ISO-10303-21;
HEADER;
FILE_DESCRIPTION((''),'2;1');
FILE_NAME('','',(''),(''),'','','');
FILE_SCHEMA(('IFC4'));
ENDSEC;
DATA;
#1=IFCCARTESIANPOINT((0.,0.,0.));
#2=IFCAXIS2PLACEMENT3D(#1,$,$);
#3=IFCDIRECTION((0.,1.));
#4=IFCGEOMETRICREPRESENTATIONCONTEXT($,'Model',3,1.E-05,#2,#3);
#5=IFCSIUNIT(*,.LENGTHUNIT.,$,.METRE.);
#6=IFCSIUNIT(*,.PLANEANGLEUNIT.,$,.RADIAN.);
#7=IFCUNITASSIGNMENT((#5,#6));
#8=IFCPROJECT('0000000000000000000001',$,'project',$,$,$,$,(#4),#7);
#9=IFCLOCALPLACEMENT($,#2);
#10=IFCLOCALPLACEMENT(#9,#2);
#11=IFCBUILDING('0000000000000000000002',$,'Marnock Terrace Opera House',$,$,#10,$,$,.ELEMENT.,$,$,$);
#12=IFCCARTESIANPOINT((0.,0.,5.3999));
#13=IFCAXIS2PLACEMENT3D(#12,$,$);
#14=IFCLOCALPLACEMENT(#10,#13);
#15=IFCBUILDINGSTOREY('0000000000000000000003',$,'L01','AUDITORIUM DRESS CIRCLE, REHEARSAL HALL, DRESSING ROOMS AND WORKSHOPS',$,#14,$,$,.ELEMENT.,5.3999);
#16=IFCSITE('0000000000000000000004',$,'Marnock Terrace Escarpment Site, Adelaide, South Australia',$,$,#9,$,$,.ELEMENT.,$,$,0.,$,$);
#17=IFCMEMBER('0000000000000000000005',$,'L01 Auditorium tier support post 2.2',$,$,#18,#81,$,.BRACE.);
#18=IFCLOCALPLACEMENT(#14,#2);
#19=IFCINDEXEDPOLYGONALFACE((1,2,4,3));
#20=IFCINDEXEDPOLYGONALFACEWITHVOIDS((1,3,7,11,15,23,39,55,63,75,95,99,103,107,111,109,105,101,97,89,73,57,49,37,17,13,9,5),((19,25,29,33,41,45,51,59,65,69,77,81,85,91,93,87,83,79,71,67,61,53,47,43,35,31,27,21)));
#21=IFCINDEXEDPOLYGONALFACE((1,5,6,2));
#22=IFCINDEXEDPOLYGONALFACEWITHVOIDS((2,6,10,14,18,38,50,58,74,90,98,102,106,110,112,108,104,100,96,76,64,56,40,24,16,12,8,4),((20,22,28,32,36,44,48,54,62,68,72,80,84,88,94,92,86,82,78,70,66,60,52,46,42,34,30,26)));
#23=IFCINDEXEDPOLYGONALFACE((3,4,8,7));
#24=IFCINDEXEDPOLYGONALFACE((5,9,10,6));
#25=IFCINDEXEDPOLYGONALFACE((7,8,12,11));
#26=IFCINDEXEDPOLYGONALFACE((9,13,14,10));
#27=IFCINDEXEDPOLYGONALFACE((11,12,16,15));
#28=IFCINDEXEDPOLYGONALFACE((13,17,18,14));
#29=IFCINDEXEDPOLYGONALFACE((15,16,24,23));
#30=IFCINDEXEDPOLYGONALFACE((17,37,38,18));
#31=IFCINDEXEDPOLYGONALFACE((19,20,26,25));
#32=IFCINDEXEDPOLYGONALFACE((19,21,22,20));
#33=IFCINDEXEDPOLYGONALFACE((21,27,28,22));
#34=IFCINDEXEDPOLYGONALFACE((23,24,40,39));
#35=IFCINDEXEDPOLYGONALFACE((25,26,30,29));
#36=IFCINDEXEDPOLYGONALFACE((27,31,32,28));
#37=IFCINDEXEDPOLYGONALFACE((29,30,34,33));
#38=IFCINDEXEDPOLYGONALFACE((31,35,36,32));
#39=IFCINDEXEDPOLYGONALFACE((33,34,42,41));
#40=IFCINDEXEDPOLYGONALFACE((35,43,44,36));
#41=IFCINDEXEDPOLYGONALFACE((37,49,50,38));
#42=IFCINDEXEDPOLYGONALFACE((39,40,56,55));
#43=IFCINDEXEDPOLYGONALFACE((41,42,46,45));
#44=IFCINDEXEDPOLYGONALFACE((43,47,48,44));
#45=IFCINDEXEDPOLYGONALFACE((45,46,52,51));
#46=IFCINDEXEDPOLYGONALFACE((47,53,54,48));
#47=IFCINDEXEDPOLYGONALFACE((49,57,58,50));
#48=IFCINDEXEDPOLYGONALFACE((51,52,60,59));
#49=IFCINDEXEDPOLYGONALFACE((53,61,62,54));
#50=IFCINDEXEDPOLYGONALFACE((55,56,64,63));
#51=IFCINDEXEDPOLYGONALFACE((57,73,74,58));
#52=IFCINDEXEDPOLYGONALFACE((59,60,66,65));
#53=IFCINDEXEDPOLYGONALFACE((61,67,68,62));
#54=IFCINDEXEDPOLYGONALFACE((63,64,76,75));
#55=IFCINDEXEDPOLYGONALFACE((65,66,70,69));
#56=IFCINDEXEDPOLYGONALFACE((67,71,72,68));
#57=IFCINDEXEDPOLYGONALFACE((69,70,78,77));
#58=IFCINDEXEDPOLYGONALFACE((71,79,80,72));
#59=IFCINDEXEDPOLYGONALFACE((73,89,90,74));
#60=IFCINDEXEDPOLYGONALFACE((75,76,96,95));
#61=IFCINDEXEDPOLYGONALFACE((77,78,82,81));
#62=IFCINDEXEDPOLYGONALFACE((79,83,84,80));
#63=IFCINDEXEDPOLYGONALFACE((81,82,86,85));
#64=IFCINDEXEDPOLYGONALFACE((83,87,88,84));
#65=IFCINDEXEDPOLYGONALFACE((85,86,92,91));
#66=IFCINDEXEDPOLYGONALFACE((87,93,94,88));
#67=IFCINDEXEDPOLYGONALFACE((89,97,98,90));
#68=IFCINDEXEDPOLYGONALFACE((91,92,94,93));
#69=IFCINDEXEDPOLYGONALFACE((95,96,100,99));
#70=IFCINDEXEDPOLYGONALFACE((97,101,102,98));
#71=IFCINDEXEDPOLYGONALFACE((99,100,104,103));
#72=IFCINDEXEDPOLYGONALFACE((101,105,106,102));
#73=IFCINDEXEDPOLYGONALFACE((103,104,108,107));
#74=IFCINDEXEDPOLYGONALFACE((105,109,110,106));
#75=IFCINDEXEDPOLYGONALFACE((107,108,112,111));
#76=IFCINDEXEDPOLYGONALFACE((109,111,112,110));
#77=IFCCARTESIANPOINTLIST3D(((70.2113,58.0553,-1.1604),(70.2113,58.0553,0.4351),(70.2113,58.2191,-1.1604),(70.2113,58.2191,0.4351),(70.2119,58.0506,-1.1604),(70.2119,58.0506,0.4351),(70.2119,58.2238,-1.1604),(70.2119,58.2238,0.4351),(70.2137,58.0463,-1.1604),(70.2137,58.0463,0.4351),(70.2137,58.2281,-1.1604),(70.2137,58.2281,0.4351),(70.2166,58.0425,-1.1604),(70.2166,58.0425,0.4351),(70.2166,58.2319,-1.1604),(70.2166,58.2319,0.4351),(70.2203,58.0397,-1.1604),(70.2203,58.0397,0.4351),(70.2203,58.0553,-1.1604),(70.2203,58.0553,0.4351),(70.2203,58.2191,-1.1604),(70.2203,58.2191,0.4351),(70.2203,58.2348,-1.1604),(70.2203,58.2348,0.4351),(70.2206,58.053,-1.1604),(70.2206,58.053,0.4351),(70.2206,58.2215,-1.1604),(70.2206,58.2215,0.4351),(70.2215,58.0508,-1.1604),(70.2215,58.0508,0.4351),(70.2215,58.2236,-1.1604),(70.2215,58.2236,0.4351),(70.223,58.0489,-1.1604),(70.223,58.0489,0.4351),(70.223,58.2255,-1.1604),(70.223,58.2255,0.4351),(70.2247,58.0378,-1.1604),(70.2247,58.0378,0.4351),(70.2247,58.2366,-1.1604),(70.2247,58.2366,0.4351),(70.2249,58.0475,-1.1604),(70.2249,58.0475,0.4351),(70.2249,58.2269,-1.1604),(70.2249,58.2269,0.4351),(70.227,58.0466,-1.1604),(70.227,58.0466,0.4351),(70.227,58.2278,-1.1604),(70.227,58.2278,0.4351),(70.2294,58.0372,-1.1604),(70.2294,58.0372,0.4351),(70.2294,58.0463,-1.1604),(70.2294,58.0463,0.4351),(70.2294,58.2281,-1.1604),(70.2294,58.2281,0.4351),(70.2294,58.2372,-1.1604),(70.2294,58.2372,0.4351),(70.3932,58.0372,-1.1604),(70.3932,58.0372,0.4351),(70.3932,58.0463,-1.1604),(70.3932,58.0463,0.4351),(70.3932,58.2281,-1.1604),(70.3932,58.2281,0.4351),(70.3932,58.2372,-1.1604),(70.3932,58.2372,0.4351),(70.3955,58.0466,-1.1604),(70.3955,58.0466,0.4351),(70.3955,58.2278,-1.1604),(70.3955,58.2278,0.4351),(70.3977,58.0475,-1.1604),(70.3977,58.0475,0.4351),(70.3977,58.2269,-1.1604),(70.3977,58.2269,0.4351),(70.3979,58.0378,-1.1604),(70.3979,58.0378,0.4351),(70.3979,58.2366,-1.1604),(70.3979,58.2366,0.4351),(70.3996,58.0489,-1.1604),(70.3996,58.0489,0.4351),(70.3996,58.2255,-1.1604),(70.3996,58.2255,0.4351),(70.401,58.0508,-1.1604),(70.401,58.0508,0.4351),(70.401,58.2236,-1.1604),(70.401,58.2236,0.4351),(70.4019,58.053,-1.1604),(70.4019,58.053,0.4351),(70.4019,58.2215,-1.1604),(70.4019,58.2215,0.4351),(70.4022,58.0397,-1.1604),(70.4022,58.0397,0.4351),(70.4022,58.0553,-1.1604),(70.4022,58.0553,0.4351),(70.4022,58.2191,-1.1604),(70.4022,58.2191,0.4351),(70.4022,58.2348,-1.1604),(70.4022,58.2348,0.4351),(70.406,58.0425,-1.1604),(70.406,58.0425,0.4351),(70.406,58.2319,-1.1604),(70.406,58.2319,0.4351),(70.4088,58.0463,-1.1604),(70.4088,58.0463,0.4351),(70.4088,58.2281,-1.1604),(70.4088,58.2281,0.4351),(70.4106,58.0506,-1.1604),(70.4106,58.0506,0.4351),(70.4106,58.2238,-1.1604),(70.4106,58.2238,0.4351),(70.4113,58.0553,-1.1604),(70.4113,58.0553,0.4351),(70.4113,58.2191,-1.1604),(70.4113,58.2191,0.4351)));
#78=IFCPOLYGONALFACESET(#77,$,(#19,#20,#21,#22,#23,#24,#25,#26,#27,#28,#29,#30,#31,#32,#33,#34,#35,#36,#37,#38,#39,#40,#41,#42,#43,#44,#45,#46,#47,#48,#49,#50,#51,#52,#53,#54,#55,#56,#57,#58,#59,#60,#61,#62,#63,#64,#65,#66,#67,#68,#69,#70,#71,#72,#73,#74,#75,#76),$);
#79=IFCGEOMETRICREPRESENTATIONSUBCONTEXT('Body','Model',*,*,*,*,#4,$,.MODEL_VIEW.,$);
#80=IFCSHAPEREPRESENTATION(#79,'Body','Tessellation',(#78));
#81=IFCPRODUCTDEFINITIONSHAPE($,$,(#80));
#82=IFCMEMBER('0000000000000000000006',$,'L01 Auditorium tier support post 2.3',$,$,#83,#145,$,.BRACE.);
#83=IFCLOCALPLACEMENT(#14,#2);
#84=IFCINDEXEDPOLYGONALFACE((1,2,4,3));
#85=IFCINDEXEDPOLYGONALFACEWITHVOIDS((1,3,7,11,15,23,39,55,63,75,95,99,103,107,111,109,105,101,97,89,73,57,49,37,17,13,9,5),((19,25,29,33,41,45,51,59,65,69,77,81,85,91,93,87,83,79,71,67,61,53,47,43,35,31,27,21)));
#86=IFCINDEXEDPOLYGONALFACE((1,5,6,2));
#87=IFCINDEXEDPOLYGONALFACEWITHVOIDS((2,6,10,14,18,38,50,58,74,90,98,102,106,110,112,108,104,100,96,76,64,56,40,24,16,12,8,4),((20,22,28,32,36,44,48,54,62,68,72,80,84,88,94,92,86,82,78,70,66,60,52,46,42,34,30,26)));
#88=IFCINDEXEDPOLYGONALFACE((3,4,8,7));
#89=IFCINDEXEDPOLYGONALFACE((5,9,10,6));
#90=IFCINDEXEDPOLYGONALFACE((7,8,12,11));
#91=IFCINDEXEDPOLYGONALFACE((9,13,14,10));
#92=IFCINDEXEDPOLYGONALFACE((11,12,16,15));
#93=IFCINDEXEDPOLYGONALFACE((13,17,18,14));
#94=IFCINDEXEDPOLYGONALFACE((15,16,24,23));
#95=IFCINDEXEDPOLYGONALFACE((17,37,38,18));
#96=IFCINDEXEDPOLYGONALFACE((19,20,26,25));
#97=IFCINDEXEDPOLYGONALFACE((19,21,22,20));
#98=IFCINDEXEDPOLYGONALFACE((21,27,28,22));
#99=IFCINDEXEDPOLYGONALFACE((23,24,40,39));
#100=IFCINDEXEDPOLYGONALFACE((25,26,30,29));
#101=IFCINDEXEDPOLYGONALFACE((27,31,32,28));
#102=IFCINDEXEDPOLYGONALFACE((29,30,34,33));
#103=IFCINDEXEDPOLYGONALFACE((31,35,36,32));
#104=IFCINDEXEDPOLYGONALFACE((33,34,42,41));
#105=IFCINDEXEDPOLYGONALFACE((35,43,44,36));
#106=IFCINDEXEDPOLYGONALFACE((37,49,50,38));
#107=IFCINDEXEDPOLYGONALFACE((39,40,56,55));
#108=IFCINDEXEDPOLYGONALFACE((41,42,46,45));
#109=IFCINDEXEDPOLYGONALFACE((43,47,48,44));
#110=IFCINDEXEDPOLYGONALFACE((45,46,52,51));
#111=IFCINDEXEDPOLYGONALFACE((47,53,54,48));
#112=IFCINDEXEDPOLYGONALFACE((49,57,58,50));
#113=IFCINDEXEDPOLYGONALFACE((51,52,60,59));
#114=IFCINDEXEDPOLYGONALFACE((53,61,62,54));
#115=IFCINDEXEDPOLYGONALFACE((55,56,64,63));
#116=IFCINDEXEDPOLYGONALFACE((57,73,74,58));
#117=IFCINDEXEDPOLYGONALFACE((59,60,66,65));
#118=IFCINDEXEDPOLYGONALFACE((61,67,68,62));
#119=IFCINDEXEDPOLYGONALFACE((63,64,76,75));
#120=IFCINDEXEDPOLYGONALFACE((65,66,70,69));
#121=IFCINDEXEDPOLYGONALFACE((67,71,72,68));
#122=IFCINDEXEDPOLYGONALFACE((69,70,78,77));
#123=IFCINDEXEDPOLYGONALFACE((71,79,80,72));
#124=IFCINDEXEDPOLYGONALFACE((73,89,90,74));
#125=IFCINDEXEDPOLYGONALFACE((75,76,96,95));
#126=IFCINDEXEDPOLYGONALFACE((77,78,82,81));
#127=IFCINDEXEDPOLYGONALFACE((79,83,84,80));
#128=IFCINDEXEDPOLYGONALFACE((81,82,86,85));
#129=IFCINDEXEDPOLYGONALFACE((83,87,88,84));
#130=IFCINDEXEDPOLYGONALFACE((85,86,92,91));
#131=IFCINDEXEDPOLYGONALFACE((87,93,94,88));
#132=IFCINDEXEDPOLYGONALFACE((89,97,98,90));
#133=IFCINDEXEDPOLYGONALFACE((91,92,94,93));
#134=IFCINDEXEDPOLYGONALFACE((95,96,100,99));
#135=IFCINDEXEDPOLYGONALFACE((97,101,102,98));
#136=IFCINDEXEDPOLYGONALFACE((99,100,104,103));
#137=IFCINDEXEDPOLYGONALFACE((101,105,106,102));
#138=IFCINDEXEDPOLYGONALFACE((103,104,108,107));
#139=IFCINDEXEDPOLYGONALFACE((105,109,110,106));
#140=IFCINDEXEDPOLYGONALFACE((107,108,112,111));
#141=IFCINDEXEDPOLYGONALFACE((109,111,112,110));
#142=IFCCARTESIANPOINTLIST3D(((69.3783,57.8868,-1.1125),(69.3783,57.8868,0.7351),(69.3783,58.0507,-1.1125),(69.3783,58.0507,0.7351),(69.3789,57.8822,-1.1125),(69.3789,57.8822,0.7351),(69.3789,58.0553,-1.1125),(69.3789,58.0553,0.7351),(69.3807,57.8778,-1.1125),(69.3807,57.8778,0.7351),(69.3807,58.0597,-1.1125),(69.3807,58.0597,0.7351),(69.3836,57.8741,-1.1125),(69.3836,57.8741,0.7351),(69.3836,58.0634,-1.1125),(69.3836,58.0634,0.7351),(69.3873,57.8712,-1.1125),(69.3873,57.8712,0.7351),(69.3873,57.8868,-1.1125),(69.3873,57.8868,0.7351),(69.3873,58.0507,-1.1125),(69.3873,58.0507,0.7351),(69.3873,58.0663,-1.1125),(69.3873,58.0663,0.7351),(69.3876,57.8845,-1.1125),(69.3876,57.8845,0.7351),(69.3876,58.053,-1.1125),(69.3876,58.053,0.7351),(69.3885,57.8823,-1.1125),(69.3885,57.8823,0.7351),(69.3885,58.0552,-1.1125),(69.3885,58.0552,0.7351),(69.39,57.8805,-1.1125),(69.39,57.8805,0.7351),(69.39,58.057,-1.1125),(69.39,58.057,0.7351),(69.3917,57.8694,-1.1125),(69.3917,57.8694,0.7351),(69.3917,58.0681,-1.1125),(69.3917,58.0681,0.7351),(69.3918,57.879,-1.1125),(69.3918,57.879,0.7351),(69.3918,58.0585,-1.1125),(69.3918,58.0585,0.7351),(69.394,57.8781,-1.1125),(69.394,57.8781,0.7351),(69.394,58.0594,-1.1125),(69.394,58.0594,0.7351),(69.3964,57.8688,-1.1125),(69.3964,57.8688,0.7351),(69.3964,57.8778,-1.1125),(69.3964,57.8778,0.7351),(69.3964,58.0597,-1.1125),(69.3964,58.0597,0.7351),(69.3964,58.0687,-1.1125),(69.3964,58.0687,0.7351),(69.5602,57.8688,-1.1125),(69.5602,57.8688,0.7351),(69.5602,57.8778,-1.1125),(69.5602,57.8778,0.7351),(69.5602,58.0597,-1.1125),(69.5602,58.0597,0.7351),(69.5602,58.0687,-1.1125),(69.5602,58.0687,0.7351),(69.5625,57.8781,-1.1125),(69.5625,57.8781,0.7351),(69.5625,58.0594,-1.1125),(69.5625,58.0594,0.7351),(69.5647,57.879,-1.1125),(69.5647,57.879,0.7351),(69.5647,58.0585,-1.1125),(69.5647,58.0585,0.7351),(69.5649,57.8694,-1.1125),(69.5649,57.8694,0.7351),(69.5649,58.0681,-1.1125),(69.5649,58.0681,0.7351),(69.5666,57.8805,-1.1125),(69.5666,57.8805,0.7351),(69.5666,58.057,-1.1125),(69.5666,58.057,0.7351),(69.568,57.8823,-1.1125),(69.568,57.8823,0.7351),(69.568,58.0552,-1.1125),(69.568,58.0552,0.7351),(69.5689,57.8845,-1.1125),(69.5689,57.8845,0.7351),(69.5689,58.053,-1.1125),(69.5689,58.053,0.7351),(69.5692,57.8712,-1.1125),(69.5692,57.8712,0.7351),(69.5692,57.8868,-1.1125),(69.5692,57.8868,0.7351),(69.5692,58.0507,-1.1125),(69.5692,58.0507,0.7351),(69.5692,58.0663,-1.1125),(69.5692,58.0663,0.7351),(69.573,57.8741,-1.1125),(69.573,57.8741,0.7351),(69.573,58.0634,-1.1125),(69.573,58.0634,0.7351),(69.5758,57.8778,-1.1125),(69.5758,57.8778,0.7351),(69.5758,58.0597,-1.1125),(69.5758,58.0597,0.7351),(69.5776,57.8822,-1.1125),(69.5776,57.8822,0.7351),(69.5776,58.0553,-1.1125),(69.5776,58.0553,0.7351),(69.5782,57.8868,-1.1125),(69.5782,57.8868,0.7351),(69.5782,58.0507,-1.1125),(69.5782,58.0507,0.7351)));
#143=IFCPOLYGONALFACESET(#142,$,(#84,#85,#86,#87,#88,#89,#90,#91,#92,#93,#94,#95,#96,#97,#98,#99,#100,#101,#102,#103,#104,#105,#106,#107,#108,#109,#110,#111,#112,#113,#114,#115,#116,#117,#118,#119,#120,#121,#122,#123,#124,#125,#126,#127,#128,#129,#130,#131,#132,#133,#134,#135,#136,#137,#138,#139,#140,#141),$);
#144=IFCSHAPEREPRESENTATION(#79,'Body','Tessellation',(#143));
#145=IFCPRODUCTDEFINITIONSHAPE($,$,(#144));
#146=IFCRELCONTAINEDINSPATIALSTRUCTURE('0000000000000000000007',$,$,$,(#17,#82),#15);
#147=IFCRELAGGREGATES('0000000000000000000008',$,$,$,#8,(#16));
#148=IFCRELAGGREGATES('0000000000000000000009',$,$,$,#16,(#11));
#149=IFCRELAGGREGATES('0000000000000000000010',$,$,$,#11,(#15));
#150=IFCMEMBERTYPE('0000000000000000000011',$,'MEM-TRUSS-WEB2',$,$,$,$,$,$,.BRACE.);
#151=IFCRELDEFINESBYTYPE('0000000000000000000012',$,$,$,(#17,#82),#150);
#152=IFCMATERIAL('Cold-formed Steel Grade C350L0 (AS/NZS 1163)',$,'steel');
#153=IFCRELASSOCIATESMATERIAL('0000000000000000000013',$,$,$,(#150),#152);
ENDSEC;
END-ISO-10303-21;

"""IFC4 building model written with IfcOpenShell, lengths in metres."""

from ifc_helpers import new_model, si_unit, direction, frame, origin, origin_2d, place, context, subcontext, project, spatial, hollow_rectangle, extrude, material, material_profile, profile_set, type_object, element, save


model = new_model("IFC4")

# Units and contexts
model_context = context("Model", 3, precision=1e-05, world=origin(), true_north=direction((0.0, 1.0)))
body_context = subcontext(model_context, "Body", "Model", "MODEL_VIEW")
ifc_project = project(units=[si_unit("LENGTHUNIT", "METRE"), si_unit("PLANEANGLEUNIT", "RADIAN")], contexts=[model_context])

# Site, building, storey
site_placement = place(None, origin())
site = spatial("IfcSite", under=ifc_project, at=site_placement, Name="Marnock Terrace Escarpment Site, Adelaide, South Australia", CompositionType="ELEMENT", RefElevation=0.0)
building_placement = place(site_placement, origin())
building = spatial("IfcBuilding", under=site, at=building_placement, Name="Marnock Terrace Opera House", CompositionType="ELEMENT")
storey_placement = place(building_placement, frame((0.0, 0.0, 5.3999)))
storey = spatial("IfcBuildingStorey", under=building, at=storey_placement, Name="L01", Description="AUDITORIUM DRESS CIRCLE, REHEARSAL HALL, DRESSING ROOMS AND WORKSHOPS", CompositionType="ELEMENT", Elevation=5.3999)

# Members
ifc_material_1 = material(Name="Cold-formed Steel Grade C350L0 (AS/NZS 1163)", Category="steel")
ifc_material_profile_1 = material_profile(ifc_material_1, hollow_rectangle(XDim=0.2, YDim=0.2, WallThickness=0.009, InnerFilletRadius=0.009, OuterFilletRadius=0.0181, at=origin_2d()))
ifc_profile_set_1 = profile_set([ifc_material_profile_1], Name="Cold-formed Steel Grade C350L0 (AS/NZS 1163)")
member_type = type_object("IfcMemberType", Name="MEM-TRUSS-WEB2", PredefinedType="BRACE", material=ifc_profile_set_1)
member_1_placement = place(storey_placement, frame((70.3113, 58.1372, -1.1604), z_axis=(0.0, 0.0, 1.0), x_axis=(1.0, 0.0, 0.0)))
element("IfcMember", 1, at=member_1_placement, inside=storey, type_object=member_type, Name="L01 Auditorium tier support post 2.2", PredefinedType="BRACE", context=body_context, shape_type="SweptSolid", body=[
    extrude(hollow_rectangle(XDim=0.2, YDim=0.2, WallThickness=0.009, InnerFilletRadius=0.009, OuterFilletRadius=0.0181, at=origin_2d()), origin(), (0.0, 0.0, 1.0), 1.5955),
])
member_2_placement = place(storey_placement, frame((69.4783, 57.9688, -1.1125), z_axis=(0.0, 0.0, 1.0), x_axis=(1.0, 0.0, 0.0)))
element("IfcMember", 2, at=member_2_placement, inside=storey, type_object=member_type, Name="L01 Auditorium tier support post 2.3", PredefinedType="BRACE", context=body_context, shape_type="SweptSolid", body=[
    extrude(hollow_rectangle(XDim=0.2, YDim=0.2, WallThickness=0.009, InnerFilletRadius=0.009, OuterFilletRadius=0.0181, at=origin_2d()), origin(), (0.0, 0.0, 1.0), 1.8477),
])

save(model, "model.ifc")
